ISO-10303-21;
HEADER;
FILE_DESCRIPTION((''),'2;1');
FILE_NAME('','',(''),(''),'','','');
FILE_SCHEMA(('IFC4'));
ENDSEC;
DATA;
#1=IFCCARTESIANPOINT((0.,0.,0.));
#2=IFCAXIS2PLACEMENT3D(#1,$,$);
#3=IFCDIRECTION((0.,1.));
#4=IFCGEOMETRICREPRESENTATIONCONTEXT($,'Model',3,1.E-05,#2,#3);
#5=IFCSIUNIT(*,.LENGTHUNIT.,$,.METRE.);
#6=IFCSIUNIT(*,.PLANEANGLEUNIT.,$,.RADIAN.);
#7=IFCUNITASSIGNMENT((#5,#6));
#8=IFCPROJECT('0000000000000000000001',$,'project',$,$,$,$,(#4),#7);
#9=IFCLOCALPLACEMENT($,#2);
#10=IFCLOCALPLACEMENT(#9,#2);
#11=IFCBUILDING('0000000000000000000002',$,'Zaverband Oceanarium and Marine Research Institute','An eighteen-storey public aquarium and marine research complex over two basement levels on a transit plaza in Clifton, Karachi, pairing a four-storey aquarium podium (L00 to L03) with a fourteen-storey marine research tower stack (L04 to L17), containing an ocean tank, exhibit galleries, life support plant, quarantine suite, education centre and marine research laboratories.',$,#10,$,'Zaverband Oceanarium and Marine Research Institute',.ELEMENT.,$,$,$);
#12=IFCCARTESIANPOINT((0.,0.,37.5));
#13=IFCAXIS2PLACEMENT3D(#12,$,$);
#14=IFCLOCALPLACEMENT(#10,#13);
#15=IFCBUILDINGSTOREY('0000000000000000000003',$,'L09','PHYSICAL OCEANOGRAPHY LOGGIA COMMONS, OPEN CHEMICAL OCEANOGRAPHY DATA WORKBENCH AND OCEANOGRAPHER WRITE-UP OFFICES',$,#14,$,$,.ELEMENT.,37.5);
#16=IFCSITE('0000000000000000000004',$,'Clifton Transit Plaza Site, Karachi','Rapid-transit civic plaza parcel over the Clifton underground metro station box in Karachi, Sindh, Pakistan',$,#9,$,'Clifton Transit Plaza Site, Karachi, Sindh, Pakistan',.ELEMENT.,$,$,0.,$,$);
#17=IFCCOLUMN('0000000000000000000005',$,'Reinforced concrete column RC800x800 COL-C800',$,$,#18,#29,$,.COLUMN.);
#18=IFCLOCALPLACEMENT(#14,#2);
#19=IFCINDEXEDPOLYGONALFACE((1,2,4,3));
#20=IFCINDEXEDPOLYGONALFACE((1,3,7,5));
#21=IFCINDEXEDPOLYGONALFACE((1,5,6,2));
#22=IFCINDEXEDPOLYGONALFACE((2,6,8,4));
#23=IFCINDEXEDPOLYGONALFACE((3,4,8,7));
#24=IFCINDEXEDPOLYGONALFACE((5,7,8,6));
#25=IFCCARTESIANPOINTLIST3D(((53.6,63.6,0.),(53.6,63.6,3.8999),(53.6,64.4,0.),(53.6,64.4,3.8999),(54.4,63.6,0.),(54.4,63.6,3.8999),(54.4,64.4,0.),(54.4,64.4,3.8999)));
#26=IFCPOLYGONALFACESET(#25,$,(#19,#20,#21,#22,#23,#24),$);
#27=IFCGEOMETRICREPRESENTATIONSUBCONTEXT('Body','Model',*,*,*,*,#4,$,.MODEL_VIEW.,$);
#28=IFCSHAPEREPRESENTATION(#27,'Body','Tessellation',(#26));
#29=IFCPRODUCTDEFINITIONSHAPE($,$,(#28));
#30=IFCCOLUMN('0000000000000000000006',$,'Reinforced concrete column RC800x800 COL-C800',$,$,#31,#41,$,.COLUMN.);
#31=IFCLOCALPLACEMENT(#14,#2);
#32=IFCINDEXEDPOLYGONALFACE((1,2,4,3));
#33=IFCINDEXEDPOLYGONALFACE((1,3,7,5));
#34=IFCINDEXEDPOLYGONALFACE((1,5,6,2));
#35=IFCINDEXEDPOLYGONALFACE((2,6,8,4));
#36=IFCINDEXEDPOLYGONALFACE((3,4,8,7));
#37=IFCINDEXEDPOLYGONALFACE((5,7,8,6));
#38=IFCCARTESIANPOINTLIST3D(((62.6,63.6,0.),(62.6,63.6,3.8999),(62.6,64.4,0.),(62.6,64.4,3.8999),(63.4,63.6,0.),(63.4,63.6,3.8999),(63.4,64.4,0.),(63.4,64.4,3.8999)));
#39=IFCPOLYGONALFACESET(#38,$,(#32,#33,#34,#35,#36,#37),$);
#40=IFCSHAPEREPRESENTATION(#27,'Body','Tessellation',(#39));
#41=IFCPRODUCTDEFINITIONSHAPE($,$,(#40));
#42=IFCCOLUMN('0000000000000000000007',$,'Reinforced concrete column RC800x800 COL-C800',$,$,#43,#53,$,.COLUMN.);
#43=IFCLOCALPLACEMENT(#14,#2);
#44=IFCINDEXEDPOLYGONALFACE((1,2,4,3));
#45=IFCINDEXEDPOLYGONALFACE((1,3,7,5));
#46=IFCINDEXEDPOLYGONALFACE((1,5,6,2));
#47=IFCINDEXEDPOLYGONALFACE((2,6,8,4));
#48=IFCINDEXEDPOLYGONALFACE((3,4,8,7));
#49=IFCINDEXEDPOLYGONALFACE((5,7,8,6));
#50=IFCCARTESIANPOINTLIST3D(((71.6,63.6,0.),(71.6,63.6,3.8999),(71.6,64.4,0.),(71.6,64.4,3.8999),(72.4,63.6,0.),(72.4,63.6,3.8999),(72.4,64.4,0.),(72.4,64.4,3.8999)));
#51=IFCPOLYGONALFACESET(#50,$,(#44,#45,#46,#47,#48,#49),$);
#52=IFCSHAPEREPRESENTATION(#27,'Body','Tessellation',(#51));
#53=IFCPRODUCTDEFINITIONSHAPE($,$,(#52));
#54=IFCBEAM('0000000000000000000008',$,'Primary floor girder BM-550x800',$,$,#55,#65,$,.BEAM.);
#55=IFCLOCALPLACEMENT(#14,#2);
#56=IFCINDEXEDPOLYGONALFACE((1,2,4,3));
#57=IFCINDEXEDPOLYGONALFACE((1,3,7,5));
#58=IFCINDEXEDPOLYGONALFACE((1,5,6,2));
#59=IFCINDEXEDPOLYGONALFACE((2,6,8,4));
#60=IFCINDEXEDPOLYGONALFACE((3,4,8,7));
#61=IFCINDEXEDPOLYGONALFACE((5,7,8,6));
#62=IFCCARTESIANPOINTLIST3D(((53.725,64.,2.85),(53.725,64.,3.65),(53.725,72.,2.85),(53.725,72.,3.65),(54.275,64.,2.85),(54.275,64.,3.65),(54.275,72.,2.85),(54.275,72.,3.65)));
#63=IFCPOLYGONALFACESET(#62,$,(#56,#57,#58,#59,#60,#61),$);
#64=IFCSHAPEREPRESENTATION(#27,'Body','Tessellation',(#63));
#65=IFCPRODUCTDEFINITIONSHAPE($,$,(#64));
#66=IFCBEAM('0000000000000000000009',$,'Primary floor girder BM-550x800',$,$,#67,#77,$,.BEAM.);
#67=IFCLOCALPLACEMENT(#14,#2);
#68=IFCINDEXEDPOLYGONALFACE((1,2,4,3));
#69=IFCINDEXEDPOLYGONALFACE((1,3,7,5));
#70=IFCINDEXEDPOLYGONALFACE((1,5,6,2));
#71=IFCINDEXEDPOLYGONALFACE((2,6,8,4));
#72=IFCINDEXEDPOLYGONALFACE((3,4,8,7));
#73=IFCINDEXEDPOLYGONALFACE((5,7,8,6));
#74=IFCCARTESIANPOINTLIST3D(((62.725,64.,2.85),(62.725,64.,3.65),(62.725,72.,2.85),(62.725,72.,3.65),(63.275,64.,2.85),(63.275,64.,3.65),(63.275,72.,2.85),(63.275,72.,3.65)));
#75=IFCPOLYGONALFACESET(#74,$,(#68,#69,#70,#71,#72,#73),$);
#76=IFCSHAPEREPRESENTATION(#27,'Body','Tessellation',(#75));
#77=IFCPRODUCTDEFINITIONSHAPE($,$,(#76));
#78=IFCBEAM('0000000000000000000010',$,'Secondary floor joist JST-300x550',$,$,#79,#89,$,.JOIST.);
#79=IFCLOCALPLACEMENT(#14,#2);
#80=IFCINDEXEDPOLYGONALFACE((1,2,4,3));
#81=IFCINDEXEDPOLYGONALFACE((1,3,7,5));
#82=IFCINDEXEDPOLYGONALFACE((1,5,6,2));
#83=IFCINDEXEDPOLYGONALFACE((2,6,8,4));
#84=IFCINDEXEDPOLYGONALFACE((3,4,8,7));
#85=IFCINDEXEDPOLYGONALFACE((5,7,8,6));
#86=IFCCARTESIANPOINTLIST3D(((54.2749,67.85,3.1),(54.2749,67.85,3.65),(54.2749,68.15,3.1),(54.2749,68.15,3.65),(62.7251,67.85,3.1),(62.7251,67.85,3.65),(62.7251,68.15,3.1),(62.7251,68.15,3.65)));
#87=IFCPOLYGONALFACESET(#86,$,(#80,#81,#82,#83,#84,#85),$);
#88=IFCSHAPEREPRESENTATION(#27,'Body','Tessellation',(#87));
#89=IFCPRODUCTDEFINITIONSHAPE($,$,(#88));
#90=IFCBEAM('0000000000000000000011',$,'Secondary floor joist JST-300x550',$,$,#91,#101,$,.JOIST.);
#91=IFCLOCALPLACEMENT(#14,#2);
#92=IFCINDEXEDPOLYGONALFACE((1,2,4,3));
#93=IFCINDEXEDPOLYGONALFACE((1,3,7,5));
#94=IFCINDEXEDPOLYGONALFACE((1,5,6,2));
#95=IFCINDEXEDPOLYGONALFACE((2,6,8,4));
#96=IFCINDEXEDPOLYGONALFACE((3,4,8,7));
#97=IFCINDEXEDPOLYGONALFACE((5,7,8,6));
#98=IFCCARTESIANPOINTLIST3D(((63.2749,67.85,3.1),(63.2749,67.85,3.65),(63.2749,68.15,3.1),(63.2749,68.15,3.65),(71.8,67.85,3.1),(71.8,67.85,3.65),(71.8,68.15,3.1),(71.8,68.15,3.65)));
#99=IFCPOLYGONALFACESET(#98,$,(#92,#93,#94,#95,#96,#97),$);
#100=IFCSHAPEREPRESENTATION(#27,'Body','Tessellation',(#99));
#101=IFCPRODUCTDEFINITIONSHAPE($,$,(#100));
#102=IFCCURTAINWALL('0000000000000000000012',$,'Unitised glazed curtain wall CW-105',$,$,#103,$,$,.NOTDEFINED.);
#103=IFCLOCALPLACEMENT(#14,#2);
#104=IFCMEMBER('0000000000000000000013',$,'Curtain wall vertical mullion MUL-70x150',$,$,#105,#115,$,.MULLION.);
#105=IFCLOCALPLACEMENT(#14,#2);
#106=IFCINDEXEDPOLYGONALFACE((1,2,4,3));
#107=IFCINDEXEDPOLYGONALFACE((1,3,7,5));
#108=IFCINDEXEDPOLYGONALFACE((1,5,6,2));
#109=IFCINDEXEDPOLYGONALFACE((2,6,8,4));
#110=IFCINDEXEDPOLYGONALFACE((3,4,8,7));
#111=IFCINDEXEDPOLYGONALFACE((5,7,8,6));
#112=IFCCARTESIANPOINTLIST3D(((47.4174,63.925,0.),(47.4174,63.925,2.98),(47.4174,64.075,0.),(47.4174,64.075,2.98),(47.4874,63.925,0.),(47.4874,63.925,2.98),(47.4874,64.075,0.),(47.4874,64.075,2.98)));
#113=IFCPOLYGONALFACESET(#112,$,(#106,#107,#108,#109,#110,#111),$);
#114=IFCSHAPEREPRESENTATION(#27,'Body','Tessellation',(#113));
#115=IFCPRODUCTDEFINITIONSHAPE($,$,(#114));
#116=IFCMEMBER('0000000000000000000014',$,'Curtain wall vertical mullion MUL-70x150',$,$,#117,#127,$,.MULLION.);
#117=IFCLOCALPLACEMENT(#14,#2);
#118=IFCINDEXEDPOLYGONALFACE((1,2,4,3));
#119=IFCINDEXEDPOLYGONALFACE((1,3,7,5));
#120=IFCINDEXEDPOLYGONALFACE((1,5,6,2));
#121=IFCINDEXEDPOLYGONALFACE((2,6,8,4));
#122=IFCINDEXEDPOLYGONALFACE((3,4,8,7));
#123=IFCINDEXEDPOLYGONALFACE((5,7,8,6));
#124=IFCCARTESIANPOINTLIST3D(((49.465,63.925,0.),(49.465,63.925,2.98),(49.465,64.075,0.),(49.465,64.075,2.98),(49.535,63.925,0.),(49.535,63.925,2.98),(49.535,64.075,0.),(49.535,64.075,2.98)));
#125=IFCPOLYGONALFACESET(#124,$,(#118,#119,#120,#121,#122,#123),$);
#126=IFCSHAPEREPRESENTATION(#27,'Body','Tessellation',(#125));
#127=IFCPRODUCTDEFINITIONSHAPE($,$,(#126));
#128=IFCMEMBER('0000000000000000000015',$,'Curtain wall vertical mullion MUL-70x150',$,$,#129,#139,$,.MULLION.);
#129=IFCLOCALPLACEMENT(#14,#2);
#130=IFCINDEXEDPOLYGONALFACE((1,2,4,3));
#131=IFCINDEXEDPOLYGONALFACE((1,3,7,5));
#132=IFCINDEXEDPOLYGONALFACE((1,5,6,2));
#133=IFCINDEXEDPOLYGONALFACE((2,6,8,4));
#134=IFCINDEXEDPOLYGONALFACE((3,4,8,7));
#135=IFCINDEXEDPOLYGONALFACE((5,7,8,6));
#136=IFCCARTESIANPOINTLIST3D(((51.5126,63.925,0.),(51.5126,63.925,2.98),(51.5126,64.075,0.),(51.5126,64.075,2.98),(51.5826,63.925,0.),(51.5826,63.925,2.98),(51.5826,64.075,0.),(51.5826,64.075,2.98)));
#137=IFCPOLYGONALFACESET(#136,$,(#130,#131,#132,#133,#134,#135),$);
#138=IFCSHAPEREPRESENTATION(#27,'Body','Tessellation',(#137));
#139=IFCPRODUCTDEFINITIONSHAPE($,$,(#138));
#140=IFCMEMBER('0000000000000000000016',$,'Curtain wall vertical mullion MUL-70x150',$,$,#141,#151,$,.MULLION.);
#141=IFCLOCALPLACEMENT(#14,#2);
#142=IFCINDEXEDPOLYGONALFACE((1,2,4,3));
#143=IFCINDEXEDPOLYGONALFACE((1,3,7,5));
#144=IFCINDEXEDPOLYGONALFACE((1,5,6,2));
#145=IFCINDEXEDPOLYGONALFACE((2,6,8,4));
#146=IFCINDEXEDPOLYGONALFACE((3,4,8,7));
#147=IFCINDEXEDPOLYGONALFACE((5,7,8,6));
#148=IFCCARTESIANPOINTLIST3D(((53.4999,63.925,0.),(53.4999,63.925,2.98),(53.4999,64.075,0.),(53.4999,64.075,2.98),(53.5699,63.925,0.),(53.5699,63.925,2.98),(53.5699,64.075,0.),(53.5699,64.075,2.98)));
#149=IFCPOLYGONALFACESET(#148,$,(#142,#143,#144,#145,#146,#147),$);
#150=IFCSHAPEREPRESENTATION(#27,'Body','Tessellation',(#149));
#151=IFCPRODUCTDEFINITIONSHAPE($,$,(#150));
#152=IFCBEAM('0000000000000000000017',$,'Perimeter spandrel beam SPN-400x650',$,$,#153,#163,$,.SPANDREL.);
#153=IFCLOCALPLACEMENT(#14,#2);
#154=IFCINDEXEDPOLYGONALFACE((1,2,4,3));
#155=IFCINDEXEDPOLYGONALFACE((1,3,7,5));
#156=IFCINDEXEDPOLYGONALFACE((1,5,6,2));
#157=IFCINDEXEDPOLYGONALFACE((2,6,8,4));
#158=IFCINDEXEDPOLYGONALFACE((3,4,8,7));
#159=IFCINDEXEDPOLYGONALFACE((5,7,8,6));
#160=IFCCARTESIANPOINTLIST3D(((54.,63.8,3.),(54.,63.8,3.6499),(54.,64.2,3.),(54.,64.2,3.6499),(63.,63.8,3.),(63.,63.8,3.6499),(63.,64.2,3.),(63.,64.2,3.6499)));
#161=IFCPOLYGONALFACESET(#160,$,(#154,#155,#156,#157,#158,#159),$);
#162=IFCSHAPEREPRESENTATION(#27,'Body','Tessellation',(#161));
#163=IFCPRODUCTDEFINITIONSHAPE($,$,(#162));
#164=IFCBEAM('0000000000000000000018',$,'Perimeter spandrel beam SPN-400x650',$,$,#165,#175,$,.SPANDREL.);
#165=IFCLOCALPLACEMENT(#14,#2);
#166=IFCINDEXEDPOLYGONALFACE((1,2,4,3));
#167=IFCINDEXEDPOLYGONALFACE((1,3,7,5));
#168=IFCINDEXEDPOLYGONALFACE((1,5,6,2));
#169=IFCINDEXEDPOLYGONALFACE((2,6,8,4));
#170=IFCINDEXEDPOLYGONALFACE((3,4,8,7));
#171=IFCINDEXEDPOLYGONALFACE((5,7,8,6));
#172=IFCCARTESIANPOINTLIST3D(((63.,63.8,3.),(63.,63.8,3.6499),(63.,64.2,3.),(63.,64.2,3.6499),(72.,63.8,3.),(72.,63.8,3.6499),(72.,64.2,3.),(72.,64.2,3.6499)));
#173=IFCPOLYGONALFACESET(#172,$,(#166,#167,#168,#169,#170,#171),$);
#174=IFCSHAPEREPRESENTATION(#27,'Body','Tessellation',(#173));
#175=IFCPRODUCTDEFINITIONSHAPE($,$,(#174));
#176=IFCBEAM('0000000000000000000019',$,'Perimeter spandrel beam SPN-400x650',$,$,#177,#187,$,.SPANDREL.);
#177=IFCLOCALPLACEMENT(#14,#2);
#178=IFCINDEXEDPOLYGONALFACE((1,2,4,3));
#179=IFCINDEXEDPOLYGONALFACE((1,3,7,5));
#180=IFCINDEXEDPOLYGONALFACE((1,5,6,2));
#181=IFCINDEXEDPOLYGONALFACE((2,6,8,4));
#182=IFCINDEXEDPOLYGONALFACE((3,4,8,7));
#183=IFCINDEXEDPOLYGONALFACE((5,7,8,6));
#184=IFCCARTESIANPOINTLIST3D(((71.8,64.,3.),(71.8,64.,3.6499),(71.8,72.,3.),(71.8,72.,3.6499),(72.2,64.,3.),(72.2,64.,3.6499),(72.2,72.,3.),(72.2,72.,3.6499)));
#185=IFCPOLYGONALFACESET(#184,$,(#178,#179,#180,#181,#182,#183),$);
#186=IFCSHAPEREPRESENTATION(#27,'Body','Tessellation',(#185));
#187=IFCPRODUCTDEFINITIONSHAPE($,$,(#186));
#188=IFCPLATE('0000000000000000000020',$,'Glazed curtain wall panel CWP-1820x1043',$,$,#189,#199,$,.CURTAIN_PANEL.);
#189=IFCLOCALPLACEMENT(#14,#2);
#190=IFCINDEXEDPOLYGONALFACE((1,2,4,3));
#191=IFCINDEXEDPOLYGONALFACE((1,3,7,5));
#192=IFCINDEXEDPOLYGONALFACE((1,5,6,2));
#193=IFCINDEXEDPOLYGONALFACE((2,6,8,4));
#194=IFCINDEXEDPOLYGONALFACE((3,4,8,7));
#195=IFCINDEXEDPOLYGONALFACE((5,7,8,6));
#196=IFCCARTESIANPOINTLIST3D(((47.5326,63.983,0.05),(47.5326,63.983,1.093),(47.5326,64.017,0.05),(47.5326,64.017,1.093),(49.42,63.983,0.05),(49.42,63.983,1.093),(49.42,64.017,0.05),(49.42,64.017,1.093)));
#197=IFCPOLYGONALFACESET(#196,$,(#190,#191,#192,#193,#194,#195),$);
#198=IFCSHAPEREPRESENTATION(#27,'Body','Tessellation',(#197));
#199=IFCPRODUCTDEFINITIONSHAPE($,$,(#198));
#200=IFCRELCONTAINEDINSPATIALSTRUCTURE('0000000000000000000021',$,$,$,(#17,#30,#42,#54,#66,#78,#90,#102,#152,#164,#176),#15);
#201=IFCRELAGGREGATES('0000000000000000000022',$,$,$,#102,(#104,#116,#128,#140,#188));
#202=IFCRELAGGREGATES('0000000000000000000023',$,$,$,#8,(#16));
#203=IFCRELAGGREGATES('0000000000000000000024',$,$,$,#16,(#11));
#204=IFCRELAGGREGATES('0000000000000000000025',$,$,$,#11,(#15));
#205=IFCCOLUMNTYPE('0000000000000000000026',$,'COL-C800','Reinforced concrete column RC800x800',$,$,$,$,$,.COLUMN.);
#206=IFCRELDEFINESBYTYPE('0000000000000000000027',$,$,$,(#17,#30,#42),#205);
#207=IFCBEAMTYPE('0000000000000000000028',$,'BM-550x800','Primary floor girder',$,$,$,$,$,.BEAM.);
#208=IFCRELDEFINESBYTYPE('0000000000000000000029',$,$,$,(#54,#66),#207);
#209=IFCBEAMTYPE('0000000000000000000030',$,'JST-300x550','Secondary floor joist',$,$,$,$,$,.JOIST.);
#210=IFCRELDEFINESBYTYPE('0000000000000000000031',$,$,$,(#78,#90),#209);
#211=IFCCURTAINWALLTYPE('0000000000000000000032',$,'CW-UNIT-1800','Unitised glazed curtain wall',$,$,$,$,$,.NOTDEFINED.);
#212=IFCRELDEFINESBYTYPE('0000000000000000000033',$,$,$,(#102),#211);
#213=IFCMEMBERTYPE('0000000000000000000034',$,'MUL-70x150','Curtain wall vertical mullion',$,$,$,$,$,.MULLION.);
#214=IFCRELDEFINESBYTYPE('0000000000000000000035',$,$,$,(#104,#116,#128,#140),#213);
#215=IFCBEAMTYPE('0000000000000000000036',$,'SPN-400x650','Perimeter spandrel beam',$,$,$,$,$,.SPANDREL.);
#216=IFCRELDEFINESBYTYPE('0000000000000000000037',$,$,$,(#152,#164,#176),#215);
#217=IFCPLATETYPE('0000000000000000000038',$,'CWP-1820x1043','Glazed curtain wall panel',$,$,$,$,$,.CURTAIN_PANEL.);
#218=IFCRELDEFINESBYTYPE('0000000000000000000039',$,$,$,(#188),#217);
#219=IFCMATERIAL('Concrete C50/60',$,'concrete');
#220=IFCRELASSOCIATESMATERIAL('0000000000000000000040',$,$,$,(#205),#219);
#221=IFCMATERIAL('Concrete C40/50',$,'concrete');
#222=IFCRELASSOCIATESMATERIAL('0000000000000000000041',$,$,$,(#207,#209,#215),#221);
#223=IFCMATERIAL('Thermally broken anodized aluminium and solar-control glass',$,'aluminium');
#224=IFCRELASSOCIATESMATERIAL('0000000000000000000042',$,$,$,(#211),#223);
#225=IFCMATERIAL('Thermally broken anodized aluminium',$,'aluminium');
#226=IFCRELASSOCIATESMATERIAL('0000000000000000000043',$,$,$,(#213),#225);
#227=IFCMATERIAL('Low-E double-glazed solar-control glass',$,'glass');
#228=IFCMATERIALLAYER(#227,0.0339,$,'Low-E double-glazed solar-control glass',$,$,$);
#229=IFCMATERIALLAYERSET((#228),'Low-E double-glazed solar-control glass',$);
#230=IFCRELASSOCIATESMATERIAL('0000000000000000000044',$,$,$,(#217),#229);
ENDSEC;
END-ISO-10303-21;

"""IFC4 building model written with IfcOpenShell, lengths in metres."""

from ifc_helpers import new_model, si_unit, direction, frame, frame_2d, origin, origin_2d, place, context, subcontext, project, spatial, rectangle, extrude, material, layer, layer_set, material_profile, profile_set, type_object, element, aggregate, save


model = new_model("IFC4")

# Units and contexts
model_context = context("Model", 3, precision=1e-05, world=origin(), true_north=direction((0.0, 1.0)))
body_context = subcontext(model_context, "Body", "Model", "MODEL_VIEW")
ifc_project = project(units=[si_unit("LENGTHUNIT", "METRE"), si_unit("PLANEANGLEUNIT", "RADIAN")], contexts=[model_context])

# Site, building, storey
site_placement = place(None, origin())
site = spatial("IfcSite", under=ifc_project, at=site_placement, Name="Clifton Transit Plaza Site, Karachi", Description="Rapid-transit civic plaza parcel over the Clifton underground metro station box in Karachi, Sindh, Pakistan", LongName="Clifton Transit Plaza Site, Karachi, Sindh, Pakistan", CompositionType="ELEMENT", RefElevation=0.0)
building_placement = place(site_placement, origin())
building = spatial("IfcBuilding", under=site, at=building_placement, Name="Zaverband Oceanarium and Marine Research Institute", Description="An eighteen-storey public aquarium and marine research complex over two basement levels on a transit plaza in Clifton, Karachi, pairing a four-storey aquarium podium (L00 to L03) with a fourteen-storey marine research tower stack (L04 to L17), containing an ocean tank, exhibit galleries, life support plant, quarantine suite, education centre and marine research laboratories.", LongName="Zaverband Oceanarium and Marine Research Institute", CompositionType="ELEMENT")
storey_placement = place(building_placement, frame((0.0, 0.0, 37.5)))
storey = spatial("IfcBuildingStorey", under=building, at=storey_placement, Name="L09", Description="PHYSICAL OCEANOGRAPHY LOGGIA COMMONS, OPEN CHEMICAL OCEANOGRAPHY DATA WORKBENCH AND OCEANOGRAPHER WRITE-UP OFFICES", CompositionType="ELEMENT", Elevation=37.5)

# Columns
ifc_material_1 = material(Name="Concrete C50/60", Category="concrete")
ifc_material_profile_1 = material_profile(ifc_material_1, rectangle(XDim=0.8, YDim=0.8, at=origin_2d()), Name="RC800x800")
ifc_profile_set_1 = profile_set([ifc_material_profile_1], Name="Concrete C50/60")
column_type = type_object("IfcColumnType", Name="COL-C800", Description="Reinforced concrete column RC800x800", PredefinedType="COLUMN", material=ifc_profile_set_1)
for number, where, z_axis, x_axis, name in (
    (1, (54.0, 64.0, 0.0), (0.0, 0.0, 1.0), (1.0, 0.0, 0.0), "Reinforced concrete column RC800x800 COL-C800"),
    (2, (63.0, 64.0, 0.0), (0.0, 0.0, 1.0), (1.0, 0.0, 0.0), "Reinforced concrete column RC800x800 COL-C800"),
    (3, (72.0, 64.0, 0.0), (0.0, 0.0, 1.0), (1.0, 0.0, 0.0), "Reinforced concrete column RC800x800 COL-C800"),
):
    element("IfcColumn", number, at=place(storey_placement, frame(where, z_axis=z_axis, x_axis=x_axis)), inside=storey, type_object=column_type, Name=name, PredefinedType="COLUMN", context=body_context, shape_type="SweptSolid", body=[
        extrude(rectangle(XDim=0.8, YDim=0.8, at=origin_2d()), origin(), (0.0, 0.0, 1.0), 3.8999),
    ])

# Beams
ifc_material_2 = material(Name="Concrete C40/50", Category="concrete")
ifc_material_profile_2 = material_profile(ifc_material_2, rectangle(XDim=0.55, YDim=0.8, at=origin_2d()), Name="RC550x800")
ifc_profile_set_2 = profile_set([ifc_material_profile_2], Name="Concrete C40/50")
beam_type_1 = type_object("IfcBeamType", Name="BM-550x800", Description="Primary floor girder", PredefinedType="BEAM", material=ifc_profile_set_2)
for number, where, z_axis, x_axis, name in (
    (4, (54.0, 64.0, 3.25), (0.0, 1.0, 0.0), (-1.0, 0.0, 0.0), "Primary floor girder BM-550x800"),
    (5, (63.0, 64.0, 3.25), (0.0, 1.0, 0.0), (-1.0, 0.0, 0.0), "Primary floor girder BM-550x800"),
):
    element("IfcBeam", number, at=place(storey_placement, frame(where, z_axis=z_axis, x_axis=x_axis)), inside=storey, type_object=beam_type_1, Name=name, PredefinedType="BEAM", context=body_context, shape_type="SweptSolid", body=[
        extrude(rectangle(XDim=0.55, YDim=0.8, at=origin_2d()), origin(), (0.0, 0.0, 1.0), 8.0),
    ])
ifc_material_profile_3 = material_profile(ifc_material_2, rectangle(XDim=0.3, YDim=0.55, at=origin_2d()), Name="RC300x550")
ifc_profile_set_3 = profile_set([ifc_material_profile_3], Name="Concrete C40/50")
beam_type_2 = type_object("IfcBeamType", Name="JST-300x550", Description="Secondary floor joist", PredefinedType="JOIST", material=ifc_profile_set_3)
beam_1_placement = place(storey_placement, frame((54.2749, 68.0, 3.375), z_axis=(1.0, 0.0, 0.0), x_axis=(0.0, 1.0, 0.0)))
element("IfcBeam", 6, at=beam_1_placement, inside=storey, type_object=beam_type_2, Name="Secondary floor joist JST-300x550", PredefinedType="JOIST", context=body_context, shape_type="SweptSolid", body=[
    extrude(rectangle(XDim=0.3, YDim=0.55, at=origin_2d()), origin(), (0.0, 0.0, 1.0), 8.4502),
])
beam_2_placement = place(storey_placement, frame((63.2749, 68.0, 3.375), z_axis=(1.0, 0.0, 0.0), x_axis=(0.0, 1.0, 0.0)))
element("IfcBeam", 7, at=beam_2_placement, inside=storey, type_object=beam_type_2, Name="Secondary floor joist JST-300x550", PredefinedType="JOIST", context=body_context, shape_type="SweptSolid", body=[
    extrude(rectangle(XDim=0.3, YDim=0.55, at=origin_2d()), origin(), (0.0, 0.0, 1.0), 8.5251),
])

# Curtain wall, members
ifc_material_3 = material(Name="Thermally broken anodized aluminium and solar-control glass", Category="aluminium")
curtain_wall_type = type_object("IfcCurtainWallType", Name="CW-UNIT-1800", Description="Unitised glazed curtain wall", PredefinedType="NOTDEFINED", material=ifc_material_3)
curtain_wall_placement = place(storey_placement, origin())
curtain_wall = element("IfcCurtainWall", 8, at=curtain_wall_placement, inside=storey, type_object=curtain_wall_type, Name="Unitised glazed curtain wall CW-105", PredefinedType="NOTDEFINED")
ifc_material_4 = material(Name="Thermally broken anodized aluminium", Category="aluminium")
ifc_material_profile_4 = material_profile(ifc_material_4, rectangle(XDim=0.0701, YDim=0.1499, at=origin_2d()), Name="AL-MUL-70x150")
ifc_profile_set_4 = profile_set([ifc_material_profile_4], Name="Thermally broken anodized aluminium")
member_type = type_object("IfcMemberType", Name="MUL-70x150", Description="Curtain wall vertical mullion", PredefinedType="MULLION", material=ifc_profile_set_4)
member_1_placement = place(storey_placement, frame((47.4524, 64.0, 0.0), z_axis=(0.0, 0.0, 1.0), x_axis=(1.0, 0.0, 0.0)))
member_1 = element("IfcMember", 9, at=member_1_placement, type_object=member_type, Name="Curtain wall vertical mullion MUL-70x150", PredefinedType="MULLION", context=body_context, shape_type="SweptSolid", body=[
    extrude(rectangle(XDim=0.0701, YDim=0.1499, at=origin_2d()), origin(), (0.0, 0.0, 1.0), 2.98),
])
member_2_placement = place(storey_placement, frame((49.5, 64.0, 0.0), z_axis=(0.0, 0.0, 1.0), x_axis=(1.0, 0.0, 0.0)))
member_2 = element("IfcMember", 10, at=member_2_placement, type_object=member_type, Name="Curtain wall vertical mullion MUL-70x150", PredefinedType="MULLION", context=body_context, shape_type="SweptSolid", body=[
    extrude(rectangle(XDim=0.0701, YDim=0.1499, at=origin_2d()), origin(), (0.0, 0.0, 1.0), 2.98),
])
member_3_placement = place(storey_placement, frame((51.5476, 64.0, 0.0), z_axis=(0.0, 0.0, 1.0), x_axis=(1.0, 0.0, 0.0)))
member_3 = element("IfcMember", 11, at=member_3_placement, type_object=member_type, Name="Curtain wall vertical mullion MUL-70x150", PredefinedType="MULLION", context=body_context, shape_type="SweptSolid", body=[
    extrude(rectangle(XDim=0.0701, YDim=0.1499, at=origin_2d()), origin(), (0.0, 0.0, 1.0), 2.98),
])
member_4_placement = place(storey_placement, frame((53.5349, 64.0, 0.0), z_axis=(0.0, 0.0, 1.0), x_axis=(1.0, 0.0, 0.0)))
member_4 = element("IfcMember", 12, at=member_4_placement, type_object=member_type, Name="Curtain wall vertical mullion MUL-70x150", PredefinedType="MULLION", context=body_context, shape_type="SweptSolid", body=[
    extrude(rectangle(XDim=0.0701, YDim=0.1499, at=origin_2d()), origin(), (0.0, 0.0, 1.0), 2.98),
])

# Beams
ifc_material_profile_5 = material_profile(ifc_material_2, rectangle(XDim=0.3999, YDim=0.6499, at=origin_2d()), Name="RC400x650")
ifc_profile_set_5 = profile_set([ifc_material_profile_5], Name="Concrete C40/50")
beam_type_3 = type_object("IfcBeamType", Name="SPN-400x650", Description="Perimeter spandrel beam", PredefinedType="SPANDREL", material=ifc_profile_set_5)
for number, where, z_axis, x_axis, name in (
    (13, (54.0, 64.0, 3.325), (1.0, 0.0, 0.0), (0.0, 1.0, 0.0), "Perimeter spandrel beam SPN-400x650"),
    (14, (63.0, 64.0, 3.325), (1.0, 0.0, 0.0), (0.0, 1.0, 0.0), "Perimeter spandrel beam SPN-400x650"),
):
    element("IfcBeam", number, at=place(storey_placement, frame(where, z_axis=z_axis, x_axis=x_axis)), inside=storey, type_object=beam_type_3, Name=name, PredefinedType="SPANDREL", context=body_context, shape_type="SweptSolid", body=[
        extrude(rectangle(XDim=0.3999, YDim=0.6499, at=origin_2d()), origin(), (0.0, 0.0, 1.0), 9.0),
    ])
beam_3_placement = place(storey_placement, frame((72.0, 64.0, 3.325), z_axis=(0.0, 1.0, 0.0), x_axis=(-1.0, 0.0, 0.0)))
element("IfcBeam", 15, at=beam_3_placement, inside=storey, type_object=beam_type_3, Name="Perimeter spandrel beam SPN-400x650", PredefinedType="SPANDREL", context=body_context, shape_type="SweptSolid", body=[
    extrude(rectangle(XDim=0.3999, YDim=0.6499, at=origin_2d()), origin(), (0.0, 0.0, 1.0), 8.0),
])

# Plate
ifc_material_5 = material(Name="Low-E double-glazed solar-control glass", Category="glass")
ifc_layer_1 = layer(ifc_material_5, 0.0339, Name="Low-E double-glazed solar-control glass")
ifc_layer_set_1 = layer_set([ifc_layer_1], Name="Low-E double-glazed solar-control glass")
plate_type_1 = type_object("IfcPlateType", Name="CWP-1820x1043", Description="Glazed curtain wall panel", PredefinedType="CURTAIN_PANEL", material=ifc_layer_set_1)
plate_1_placement = place(storey_placement, frame((47.5325, 64.0, 0.05), z_axis=(0.0, 0.0, 1.0), x_axis=(1.0, 0.0, 0.0)))
plate_1 = element("IfcPlate", 16, at=plate_1_placement, type_object=plate_type_1, Name="Glazed curtain wall panel CWP-1820x1043", PredefinedType="CURTAIN_PANEL", context=body_context, shape_type="SweptSolid", body=[
    extrude(rectangle(XDim=1.8875, YDim=0.0339, at=frame_2d((0.9438, 0.0))), origin(), (0.0, 0.0, 1.0), 1.043),
])
aggregate(curtain_wall, [member_1, member_2, member_3, member_4, plate_1])

save(model, "model.ifc")
